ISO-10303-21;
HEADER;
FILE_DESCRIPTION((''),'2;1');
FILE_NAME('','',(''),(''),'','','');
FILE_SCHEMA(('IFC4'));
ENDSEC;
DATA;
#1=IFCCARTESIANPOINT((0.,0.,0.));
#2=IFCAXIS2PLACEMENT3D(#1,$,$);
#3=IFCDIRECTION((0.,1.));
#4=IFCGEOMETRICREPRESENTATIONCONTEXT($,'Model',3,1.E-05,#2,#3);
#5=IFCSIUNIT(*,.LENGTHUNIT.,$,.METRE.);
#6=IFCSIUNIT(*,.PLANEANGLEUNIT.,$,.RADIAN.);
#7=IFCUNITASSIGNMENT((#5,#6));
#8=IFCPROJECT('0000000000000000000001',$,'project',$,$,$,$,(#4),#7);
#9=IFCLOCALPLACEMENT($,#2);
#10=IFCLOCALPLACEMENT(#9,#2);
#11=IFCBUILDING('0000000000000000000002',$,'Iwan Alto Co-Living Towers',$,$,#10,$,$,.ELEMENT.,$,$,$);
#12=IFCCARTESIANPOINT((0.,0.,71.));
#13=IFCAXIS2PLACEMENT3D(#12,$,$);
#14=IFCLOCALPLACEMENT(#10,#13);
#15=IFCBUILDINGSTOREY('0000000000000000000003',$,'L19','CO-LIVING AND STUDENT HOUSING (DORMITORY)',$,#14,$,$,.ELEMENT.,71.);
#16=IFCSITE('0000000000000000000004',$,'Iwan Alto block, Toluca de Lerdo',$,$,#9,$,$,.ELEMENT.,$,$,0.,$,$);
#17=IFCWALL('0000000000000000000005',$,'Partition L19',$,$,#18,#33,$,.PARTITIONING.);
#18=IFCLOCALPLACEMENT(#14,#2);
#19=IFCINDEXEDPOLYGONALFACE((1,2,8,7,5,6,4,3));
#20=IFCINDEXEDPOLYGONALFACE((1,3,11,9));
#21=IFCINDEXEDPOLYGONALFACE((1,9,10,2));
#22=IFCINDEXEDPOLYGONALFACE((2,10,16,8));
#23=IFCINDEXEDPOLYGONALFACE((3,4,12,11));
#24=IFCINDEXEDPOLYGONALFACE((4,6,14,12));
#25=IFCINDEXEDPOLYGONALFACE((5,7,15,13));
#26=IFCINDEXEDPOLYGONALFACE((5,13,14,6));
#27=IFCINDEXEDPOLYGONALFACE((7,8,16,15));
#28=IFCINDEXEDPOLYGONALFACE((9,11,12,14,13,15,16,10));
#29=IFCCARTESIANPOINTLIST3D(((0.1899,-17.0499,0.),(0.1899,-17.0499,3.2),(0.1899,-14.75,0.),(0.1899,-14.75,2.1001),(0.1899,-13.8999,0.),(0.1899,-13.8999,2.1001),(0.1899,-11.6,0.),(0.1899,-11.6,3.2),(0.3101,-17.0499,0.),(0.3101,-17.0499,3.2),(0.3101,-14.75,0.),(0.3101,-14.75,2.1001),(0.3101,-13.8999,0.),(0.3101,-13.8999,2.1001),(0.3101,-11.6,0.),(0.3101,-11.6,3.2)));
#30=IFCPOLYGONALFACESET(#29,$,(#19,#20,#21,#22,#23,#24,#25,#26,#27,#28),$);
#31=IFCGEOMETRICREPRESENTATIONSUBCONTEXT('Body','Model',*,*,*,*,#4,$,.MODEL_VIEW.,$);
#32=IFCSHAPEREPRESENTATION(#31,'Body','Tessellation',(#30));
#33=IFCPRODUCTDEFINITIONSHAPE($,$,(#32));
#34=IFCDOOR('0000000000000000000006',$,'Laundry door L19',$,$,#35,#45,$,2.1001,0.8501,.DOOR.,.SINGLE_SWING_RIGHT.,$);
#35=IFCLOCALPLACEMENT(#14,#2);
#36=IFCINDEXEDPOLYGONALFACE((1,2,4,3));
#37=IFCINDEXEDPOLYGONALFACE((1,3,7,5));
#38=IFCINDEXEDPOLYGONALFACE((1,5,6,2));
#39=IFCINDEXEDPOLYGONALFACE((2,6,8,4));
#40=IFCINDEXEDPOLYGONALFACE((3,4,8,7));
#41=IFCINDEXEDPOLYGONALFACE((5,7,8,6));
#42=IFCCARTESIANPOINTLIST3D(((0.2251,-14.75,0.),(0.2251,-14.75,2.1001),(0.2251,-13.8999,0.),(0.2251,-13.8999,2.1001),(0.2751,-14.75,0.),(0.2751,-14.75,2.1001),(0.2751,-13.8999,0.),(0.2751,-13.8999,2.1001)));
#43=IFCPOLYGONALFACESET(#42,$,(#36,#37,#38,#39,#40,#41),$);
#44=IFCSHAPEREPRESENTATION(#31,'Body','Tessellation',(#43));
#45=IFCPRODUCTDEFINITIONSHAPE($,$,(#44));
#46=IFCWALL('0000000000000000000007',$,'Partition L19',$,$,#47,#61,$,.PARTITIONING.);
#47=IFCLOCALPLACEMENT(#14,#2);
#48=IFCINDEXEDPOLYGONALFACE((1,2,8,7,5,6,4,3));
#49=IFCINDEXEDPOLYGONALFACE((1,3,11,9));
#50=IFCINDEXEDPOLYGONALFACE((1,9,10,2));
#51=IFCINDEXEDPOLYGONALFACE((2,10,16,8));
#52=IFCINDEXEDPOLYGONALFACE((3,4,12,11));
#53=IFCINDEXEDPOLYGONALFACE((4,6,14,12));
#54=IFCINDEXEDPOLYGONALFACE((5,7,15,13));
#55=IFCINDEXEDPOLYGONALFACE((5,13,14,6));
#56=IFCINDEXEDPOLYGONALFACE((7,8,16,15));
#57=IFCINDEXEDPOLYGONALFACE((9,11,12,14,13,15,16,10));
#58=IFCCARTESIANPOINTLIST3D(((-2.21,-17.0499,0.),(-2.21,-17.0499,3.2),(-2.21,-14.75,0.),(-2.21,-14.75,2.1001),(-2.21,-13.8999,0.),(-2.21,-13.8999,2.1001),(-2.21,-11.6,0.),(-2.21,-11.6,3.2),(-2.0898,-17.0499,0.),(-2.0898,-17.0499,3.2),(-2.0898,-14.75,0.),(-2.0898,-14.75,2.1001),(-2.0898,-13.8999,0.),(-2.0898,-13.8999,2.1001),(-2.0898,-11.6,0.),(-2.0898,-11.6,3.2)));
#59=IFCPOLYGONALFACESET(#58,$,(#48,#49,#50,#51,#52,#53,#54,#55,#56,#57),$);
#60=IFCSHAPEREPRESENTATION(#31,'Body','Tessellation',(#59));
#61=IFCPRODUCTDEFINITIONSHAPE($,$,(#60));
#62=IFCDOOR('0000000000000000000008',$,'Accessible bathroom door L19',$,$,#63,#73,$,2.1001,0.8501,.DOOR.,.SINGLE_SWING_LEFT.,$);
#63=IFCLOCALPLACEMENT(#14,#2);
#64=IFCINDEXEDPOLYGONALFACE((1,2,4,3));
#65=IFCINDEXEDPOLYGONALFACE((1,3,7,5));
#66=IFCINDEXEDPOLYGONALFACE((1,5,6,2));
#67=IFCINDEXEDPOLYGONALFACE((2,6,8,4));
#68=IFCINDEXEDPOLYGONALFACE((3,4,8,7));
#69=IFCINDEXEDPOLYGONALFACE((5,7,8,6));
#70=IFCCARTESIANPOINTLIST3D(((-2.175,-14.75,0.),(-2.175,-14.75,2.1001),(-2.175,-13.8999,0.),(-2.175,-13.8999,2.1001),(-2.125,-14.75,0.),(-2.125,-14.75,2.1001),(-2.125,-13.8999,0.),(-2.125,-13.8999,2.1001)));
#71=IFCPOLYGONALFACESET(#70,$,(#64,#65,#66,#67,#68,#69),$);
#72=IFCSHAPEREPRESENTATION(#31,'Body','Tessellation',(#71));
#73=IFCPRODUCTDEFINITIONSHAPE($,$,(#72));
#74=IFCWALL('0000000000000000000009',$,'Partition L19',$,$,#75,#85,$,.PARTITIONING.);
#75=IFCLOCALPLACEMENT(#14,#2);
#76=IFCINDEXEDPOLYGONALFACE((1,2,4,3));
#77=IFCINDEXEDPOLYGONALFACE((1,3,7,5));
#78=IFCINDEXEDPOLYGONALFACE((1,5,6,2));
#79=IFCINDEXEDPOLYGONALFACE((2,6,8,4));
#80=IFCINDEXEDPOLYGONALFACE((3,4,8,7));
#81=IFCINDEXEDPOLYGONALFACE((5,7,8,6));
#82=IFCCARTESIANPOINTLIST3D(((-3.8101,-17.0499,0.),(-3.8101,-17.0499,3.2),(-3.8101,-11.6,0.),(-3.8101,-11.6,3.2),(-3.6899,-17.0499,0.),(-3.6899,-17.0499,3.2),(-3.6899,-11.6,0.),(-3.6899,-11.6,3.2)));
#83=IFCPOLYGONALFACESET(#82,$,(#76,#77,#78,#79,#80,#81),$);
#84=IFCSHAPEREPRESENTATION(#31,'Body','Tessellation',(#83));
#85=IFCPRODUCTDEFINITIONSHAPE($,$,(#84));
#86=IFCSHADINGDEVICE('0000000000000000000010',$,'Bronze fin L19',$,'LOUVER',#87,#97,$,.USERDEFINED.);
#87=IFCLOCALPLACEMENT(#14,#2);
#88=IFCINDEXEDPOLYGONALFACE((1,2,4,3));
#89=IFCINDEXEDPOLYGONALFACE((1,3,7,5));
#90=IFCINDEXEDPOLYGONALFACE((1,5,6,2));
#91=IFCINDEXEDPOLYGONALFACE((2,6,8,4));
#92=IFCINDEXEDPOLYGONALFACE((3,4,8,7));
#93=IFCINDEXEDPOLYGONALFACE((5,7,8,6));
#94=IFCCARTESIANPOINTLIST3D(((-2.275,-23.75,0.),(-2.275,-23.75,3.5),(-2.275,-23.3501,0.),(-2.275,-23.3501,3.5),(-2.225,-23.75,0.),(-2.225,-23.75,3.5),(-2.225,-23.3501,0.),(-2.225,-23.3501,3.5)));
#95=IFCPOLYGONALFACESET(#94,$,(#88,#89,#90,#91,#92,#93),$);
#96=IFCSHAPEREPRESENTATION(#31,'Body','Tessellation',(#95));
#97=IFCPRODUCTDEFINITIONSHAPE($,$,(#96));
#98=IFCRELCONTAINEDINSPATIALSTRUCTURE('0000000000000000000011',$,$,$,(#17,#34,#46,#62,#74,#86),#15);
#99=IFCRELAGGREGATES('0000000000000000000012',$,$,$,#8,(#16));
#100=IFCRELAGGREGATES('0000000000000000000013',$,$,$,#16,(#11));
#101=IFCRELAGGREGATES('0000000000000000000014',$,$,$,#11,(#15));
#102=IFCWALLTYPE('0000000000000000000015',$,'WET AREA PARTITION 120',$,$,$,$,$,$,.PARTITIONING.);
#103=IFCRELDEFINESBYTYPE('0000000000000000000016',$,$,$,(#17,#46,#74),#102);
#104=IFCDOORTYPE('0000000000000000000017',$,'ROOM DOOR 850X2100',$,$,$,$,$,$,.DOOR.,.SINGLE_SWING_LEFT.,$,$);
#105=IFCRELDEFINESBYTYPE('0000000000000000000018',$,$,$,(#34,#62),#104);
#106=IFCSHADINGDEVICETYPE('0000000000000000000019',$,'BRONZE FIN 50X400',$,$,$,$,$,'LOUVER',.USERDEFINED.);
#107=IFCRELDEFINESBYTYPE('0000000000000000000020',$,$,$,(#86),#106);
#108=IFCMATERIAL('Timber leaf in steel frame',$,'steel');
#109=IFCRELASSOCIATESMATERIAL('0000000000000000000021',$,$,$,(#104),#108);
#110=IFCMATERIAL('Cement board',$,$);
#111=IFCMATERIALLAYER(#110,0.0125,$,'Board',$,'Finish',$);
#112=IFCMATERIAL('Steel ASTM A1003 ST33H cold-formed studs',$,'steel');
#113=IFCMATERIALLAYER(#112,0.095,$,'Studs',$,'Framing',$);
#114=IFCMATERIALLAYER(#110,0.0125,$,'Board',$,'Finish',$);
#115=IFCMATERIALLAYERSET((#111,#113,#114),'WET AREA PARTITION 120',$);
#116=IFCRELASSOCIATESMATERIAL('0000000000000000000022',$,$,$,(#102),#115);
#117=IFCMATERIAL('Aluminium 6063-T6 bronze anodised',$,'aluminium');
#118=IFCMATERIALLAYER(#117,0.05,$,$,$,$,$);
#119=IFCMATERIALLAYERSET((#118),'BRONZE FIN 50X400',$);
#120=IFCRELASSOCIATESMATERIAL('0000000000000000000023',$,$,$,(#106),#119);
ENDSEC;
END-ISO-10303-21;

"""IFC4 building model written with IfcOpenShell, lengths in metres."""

from ifc_helpers import new_model, si_unit, direction, frame, frame_2d, origin, origin_2d, place, context, subcontext, project, spatial, rectangle, extrude, material, layer, layer_set, type_object, element, fill, save


model = new_model("IFC4")

# Units and contexts
model_context = context("Model", 3, precision=1e-05, world=origin(), true_north=direction((0.0, 1.0)))
body_context = subcontext(model_context, "Body", "Model", "MODEL_VIEW")
ifc_project = project(units=[si_unit("LENGTHUNIT", "METRE"), si_unit("PLANEANGLEUNIT", "RADIAN")], contexts=[model_context])

# Site, building, storey
site_placement = place(None, origin())
site = spatial("IfcSite", under=ifc_project, at=site_placement, Name="Iwan Alto block, Toluca de Lerdo", CompositionType="ELEMENT", RefElevation=0.0)
building_placement = place(site_placement, origin())
building = spatial("IfcBuilding", under=site, at=building_placement, Name="Iwan Alto Co-Living Towers", CompositionType="ELEMENT")
storey_placement = place(building_placement, frame((0.0, 0.0, 71.0)))
storey = spatial("IfcBuildingStorey", under=building, at=storey_placement, Name="L19", Description="CO-LIVING AND STUDENT HOUSING (DORMITORY)", CompositionType="ELEMENT", Elevation=71.0)

# Shared definitions
ifc_material_1 = material(Name="Steel ASTM A1003 ST33H cold-formed studs", Category="steel")

# Shared definitions
ifc_material_2 = material(Name="Timber leaf in steel frame", Category="steel")
door_type_1 = type_object("IfcDoorType", Name="ROOM DOOR 850X2100", OperationType="SINGLE_SWING_LEFT", PredefinedType="DOOR", material=ifc_material_2)

# Shared definitions
ifc_material_3 = material(Name="Cement board")
ifc_layer_1 = layer(ifc_material_3, 0.0125, Name="Board", Category="Finish")
ifc_layer_2 = layer(ifc_material_1, 0.095, Name="Studs", Category="Framing")
ifc_layer_3 = layer(ifc_material_3, 0.0125, Name="Board", Category="Finish")
ifc_layer_set_1 = layer_set([ifc_layer_1, ifc_layer_2, ifc_layer_3], Name="WET AREA PARTITION 120")
wall_type_1 = type_object("IfcWallType", Name="WET AREA PARTITION 120", PredefinedType="PARTITIONING", material=ifc_layer_set_1)

# Walls, openings, doors
wall_1_placement = place(storey_placement, frame((0.25, -17.05, 0.0), z_axis=(0.0, 0.0, 1.0), x_axis=(0.0, 1.0, 0.0)))
wall_1 = element("IfcWall", 1, at=wall_1_placement, inside=storey, type_object=wall_type_1, Name="Partition L19", PredefinedType="PARTITIONING", context=body_context, shape_type="SweptSolid", body=[
    extrude(rectangle(XDim=5.45, YDim=0.1201, at=frame_2d((2.7251, 0.0))), origin(), (0.0, 0.0, 1.0), 3.2),
])
opening_1_placement = place(wall_1_placement, frame((2.3, 0.0, 0.0)))
opening_1 = element("IfcOpeningElement", 2, at=opening_1_placement, cuts=wall_1, PredefinedType="OPENING", context=body_context, shape_type="SweptSolid", body=[
    extrude(rectangle(XDim=0.8501, YDim=2.1001, at=frame_2d((0.425, 1.05))), frame((0.0, 0.0701, 0.0), z_axis=(0.0, -1.0, 0.0), x_axis=(1.0, 0.0, 0.0)), (0.0, 0.0, 1.0), 0.1401),
])
door_1_placement = place(opening_1_placement, origin())
door_1 = element("IfcDoor", 3, at=door_1_placement, inside=storey, type_object=door_type_1, Name="Laundry door L19", OperationType="SINGLE_SWING_RIGHT", OverallHeight=2.1001, OverallWidth=0.8501, PredefinedType="DOOR", context=body_context, shape_type="SweptSolid", body=[
    extrude(rectangle(XDim=0.8501, YDim=2.1001, at=frame_2d((0.425, 1.05))), frame((0.0, 0.0249, 0.0), z_axis=(0.0, -1.0, 0.0), x_axis=(1.0, 0.0, 0.0)), (0.0, 0.0, 1.0), 0.05),
])
fill(opening_1, door_1)
wall_2_placement = place(storey_placement, frame((-2.1499, -17.05, 0.0), z_axis=(0.0, 0.0, 1.0), x_axis=(0.0, 1.0, 0.0)))
wall_2 = element("IfcWall", 4, at=wall_2_placement, inside=storey, type_object=wall_type_1, Name="Partition L19", PredefinedType="PARTITIONING", context=body_context, shape_type="SweptSolid", body=[
    extrude(rectangle(XDim=5.45, YDim=0.1201, at=frame_2d((2.7251, 0.0))), origin(), (0.0, 0.0, 1.0), 3.2),
])
opening_2_placement = place(wall_2_placement, frame((2.3, 0.0, 0.0)))
opening_2 = element("IfcOpeningElement", 5, at=opening_2_placement, cuts=wall_2, PredefinedType="OPENING", context=body_context, shape_type="SweptSolid", body=[
    extrude(rectangle(XDim=0.8501, YDim=2.1001, at=frame_2d((0.425, 1.05))), frame((0.0, 0.0701, 0.0), z_axis=(0.0, -1.0, 0.0), x_axis=(1.0, 0.0, 0.0)), (0.0, 0.0, 1.0), 0.1401),
])
door_2_placement = place(opening_2_placement, frame((0.8501, 0.0, 0.0), z_axis=(0.0, 0.0, 1.0), x_axis=(-1.0, 0.0, 0.0)))
door_2 = element("IfcDoor", 6, at=door_2_placement, inside=storey, type_object=door_type_1, Name="Accessible bathroom door L19", OperationType="SINGLE_SWING_LEFT", OverallHeight=2.1001, OverallWidth=0.8501, PredefinedType="DOOR", context=body_context, shape_type="SweptSolid", body=[
    extrude(rectangle(XDim=0.8501, YDim=2.1001, at=frame_2d((0.425, 1.05))), frame((0.0, 0.0249, 0.0), z_axis=(0.0, -1.0, 0.0), x_axis=(1.0, 0.0, 0.0)), (0.0, 0.0, 1.0), 0.05),
])
fill(opening_2, door_2)

# Wall
wall_3_placement = place(storey_placement, frame((-3.75, -17.05, 0.0), z_axis=(0.0, 0.0, 1.0), x_axis=(0.0, 1.0, 0.0)))
element("IfcWall", 7, at=wall_3_placement, inside=storey, type_object=wall_type_1, Name="Partition L19", PredefinedType="PARTITIONING", context=body_context, shape_type="SweptSolid", body=[
    extrude(rectangle(XDim=5.45, YDim=0.1201, at=frame_2d((2.7251, 0.0))), origin(), (0.0, 0.0, 1.0), 3.2),
])

# Shading device
ifc_material_4 = material(Name="Aluminium 6063-T6 bronze anodised", Category="aluminium")
ifc_layer_4 = layer(ifc_material_4, 0.05)
ifc_layer_set_2 = layer_set([ifc_layer_4], Name="BRONZE FIN 50X400")
shading_device_type = type_object("IfcShadingDeviceType", Name="BRONZE FIN 50X400", ElementType="LOUVER", PredefinedType="USERDEFINED", material=ifc_layer_set_2)
shading_device_placement = place(storey_placement, frame((-2.25, -23.55, 0.0), z_axis=(0.0, 0.0, 1.0), x_axis=(1.0, 0.0, 0.0)))
element("IfcShadingDevice", 8, at=shading_device_placement, inside=storey, type_object=shading_device_type, Name="Bronze fin L19", ObjectType="LOUVER", PredefinedType="USERDEFINED", context=body_context, shape_type="SweptSolid", body=[
    extrude(rectangle(XDim=0.05, YDim=0.3999, at=origin_2d()), origin(), (0.0, 0.0, 1.0), 3.5),
])

save(model, "model.ifc")
